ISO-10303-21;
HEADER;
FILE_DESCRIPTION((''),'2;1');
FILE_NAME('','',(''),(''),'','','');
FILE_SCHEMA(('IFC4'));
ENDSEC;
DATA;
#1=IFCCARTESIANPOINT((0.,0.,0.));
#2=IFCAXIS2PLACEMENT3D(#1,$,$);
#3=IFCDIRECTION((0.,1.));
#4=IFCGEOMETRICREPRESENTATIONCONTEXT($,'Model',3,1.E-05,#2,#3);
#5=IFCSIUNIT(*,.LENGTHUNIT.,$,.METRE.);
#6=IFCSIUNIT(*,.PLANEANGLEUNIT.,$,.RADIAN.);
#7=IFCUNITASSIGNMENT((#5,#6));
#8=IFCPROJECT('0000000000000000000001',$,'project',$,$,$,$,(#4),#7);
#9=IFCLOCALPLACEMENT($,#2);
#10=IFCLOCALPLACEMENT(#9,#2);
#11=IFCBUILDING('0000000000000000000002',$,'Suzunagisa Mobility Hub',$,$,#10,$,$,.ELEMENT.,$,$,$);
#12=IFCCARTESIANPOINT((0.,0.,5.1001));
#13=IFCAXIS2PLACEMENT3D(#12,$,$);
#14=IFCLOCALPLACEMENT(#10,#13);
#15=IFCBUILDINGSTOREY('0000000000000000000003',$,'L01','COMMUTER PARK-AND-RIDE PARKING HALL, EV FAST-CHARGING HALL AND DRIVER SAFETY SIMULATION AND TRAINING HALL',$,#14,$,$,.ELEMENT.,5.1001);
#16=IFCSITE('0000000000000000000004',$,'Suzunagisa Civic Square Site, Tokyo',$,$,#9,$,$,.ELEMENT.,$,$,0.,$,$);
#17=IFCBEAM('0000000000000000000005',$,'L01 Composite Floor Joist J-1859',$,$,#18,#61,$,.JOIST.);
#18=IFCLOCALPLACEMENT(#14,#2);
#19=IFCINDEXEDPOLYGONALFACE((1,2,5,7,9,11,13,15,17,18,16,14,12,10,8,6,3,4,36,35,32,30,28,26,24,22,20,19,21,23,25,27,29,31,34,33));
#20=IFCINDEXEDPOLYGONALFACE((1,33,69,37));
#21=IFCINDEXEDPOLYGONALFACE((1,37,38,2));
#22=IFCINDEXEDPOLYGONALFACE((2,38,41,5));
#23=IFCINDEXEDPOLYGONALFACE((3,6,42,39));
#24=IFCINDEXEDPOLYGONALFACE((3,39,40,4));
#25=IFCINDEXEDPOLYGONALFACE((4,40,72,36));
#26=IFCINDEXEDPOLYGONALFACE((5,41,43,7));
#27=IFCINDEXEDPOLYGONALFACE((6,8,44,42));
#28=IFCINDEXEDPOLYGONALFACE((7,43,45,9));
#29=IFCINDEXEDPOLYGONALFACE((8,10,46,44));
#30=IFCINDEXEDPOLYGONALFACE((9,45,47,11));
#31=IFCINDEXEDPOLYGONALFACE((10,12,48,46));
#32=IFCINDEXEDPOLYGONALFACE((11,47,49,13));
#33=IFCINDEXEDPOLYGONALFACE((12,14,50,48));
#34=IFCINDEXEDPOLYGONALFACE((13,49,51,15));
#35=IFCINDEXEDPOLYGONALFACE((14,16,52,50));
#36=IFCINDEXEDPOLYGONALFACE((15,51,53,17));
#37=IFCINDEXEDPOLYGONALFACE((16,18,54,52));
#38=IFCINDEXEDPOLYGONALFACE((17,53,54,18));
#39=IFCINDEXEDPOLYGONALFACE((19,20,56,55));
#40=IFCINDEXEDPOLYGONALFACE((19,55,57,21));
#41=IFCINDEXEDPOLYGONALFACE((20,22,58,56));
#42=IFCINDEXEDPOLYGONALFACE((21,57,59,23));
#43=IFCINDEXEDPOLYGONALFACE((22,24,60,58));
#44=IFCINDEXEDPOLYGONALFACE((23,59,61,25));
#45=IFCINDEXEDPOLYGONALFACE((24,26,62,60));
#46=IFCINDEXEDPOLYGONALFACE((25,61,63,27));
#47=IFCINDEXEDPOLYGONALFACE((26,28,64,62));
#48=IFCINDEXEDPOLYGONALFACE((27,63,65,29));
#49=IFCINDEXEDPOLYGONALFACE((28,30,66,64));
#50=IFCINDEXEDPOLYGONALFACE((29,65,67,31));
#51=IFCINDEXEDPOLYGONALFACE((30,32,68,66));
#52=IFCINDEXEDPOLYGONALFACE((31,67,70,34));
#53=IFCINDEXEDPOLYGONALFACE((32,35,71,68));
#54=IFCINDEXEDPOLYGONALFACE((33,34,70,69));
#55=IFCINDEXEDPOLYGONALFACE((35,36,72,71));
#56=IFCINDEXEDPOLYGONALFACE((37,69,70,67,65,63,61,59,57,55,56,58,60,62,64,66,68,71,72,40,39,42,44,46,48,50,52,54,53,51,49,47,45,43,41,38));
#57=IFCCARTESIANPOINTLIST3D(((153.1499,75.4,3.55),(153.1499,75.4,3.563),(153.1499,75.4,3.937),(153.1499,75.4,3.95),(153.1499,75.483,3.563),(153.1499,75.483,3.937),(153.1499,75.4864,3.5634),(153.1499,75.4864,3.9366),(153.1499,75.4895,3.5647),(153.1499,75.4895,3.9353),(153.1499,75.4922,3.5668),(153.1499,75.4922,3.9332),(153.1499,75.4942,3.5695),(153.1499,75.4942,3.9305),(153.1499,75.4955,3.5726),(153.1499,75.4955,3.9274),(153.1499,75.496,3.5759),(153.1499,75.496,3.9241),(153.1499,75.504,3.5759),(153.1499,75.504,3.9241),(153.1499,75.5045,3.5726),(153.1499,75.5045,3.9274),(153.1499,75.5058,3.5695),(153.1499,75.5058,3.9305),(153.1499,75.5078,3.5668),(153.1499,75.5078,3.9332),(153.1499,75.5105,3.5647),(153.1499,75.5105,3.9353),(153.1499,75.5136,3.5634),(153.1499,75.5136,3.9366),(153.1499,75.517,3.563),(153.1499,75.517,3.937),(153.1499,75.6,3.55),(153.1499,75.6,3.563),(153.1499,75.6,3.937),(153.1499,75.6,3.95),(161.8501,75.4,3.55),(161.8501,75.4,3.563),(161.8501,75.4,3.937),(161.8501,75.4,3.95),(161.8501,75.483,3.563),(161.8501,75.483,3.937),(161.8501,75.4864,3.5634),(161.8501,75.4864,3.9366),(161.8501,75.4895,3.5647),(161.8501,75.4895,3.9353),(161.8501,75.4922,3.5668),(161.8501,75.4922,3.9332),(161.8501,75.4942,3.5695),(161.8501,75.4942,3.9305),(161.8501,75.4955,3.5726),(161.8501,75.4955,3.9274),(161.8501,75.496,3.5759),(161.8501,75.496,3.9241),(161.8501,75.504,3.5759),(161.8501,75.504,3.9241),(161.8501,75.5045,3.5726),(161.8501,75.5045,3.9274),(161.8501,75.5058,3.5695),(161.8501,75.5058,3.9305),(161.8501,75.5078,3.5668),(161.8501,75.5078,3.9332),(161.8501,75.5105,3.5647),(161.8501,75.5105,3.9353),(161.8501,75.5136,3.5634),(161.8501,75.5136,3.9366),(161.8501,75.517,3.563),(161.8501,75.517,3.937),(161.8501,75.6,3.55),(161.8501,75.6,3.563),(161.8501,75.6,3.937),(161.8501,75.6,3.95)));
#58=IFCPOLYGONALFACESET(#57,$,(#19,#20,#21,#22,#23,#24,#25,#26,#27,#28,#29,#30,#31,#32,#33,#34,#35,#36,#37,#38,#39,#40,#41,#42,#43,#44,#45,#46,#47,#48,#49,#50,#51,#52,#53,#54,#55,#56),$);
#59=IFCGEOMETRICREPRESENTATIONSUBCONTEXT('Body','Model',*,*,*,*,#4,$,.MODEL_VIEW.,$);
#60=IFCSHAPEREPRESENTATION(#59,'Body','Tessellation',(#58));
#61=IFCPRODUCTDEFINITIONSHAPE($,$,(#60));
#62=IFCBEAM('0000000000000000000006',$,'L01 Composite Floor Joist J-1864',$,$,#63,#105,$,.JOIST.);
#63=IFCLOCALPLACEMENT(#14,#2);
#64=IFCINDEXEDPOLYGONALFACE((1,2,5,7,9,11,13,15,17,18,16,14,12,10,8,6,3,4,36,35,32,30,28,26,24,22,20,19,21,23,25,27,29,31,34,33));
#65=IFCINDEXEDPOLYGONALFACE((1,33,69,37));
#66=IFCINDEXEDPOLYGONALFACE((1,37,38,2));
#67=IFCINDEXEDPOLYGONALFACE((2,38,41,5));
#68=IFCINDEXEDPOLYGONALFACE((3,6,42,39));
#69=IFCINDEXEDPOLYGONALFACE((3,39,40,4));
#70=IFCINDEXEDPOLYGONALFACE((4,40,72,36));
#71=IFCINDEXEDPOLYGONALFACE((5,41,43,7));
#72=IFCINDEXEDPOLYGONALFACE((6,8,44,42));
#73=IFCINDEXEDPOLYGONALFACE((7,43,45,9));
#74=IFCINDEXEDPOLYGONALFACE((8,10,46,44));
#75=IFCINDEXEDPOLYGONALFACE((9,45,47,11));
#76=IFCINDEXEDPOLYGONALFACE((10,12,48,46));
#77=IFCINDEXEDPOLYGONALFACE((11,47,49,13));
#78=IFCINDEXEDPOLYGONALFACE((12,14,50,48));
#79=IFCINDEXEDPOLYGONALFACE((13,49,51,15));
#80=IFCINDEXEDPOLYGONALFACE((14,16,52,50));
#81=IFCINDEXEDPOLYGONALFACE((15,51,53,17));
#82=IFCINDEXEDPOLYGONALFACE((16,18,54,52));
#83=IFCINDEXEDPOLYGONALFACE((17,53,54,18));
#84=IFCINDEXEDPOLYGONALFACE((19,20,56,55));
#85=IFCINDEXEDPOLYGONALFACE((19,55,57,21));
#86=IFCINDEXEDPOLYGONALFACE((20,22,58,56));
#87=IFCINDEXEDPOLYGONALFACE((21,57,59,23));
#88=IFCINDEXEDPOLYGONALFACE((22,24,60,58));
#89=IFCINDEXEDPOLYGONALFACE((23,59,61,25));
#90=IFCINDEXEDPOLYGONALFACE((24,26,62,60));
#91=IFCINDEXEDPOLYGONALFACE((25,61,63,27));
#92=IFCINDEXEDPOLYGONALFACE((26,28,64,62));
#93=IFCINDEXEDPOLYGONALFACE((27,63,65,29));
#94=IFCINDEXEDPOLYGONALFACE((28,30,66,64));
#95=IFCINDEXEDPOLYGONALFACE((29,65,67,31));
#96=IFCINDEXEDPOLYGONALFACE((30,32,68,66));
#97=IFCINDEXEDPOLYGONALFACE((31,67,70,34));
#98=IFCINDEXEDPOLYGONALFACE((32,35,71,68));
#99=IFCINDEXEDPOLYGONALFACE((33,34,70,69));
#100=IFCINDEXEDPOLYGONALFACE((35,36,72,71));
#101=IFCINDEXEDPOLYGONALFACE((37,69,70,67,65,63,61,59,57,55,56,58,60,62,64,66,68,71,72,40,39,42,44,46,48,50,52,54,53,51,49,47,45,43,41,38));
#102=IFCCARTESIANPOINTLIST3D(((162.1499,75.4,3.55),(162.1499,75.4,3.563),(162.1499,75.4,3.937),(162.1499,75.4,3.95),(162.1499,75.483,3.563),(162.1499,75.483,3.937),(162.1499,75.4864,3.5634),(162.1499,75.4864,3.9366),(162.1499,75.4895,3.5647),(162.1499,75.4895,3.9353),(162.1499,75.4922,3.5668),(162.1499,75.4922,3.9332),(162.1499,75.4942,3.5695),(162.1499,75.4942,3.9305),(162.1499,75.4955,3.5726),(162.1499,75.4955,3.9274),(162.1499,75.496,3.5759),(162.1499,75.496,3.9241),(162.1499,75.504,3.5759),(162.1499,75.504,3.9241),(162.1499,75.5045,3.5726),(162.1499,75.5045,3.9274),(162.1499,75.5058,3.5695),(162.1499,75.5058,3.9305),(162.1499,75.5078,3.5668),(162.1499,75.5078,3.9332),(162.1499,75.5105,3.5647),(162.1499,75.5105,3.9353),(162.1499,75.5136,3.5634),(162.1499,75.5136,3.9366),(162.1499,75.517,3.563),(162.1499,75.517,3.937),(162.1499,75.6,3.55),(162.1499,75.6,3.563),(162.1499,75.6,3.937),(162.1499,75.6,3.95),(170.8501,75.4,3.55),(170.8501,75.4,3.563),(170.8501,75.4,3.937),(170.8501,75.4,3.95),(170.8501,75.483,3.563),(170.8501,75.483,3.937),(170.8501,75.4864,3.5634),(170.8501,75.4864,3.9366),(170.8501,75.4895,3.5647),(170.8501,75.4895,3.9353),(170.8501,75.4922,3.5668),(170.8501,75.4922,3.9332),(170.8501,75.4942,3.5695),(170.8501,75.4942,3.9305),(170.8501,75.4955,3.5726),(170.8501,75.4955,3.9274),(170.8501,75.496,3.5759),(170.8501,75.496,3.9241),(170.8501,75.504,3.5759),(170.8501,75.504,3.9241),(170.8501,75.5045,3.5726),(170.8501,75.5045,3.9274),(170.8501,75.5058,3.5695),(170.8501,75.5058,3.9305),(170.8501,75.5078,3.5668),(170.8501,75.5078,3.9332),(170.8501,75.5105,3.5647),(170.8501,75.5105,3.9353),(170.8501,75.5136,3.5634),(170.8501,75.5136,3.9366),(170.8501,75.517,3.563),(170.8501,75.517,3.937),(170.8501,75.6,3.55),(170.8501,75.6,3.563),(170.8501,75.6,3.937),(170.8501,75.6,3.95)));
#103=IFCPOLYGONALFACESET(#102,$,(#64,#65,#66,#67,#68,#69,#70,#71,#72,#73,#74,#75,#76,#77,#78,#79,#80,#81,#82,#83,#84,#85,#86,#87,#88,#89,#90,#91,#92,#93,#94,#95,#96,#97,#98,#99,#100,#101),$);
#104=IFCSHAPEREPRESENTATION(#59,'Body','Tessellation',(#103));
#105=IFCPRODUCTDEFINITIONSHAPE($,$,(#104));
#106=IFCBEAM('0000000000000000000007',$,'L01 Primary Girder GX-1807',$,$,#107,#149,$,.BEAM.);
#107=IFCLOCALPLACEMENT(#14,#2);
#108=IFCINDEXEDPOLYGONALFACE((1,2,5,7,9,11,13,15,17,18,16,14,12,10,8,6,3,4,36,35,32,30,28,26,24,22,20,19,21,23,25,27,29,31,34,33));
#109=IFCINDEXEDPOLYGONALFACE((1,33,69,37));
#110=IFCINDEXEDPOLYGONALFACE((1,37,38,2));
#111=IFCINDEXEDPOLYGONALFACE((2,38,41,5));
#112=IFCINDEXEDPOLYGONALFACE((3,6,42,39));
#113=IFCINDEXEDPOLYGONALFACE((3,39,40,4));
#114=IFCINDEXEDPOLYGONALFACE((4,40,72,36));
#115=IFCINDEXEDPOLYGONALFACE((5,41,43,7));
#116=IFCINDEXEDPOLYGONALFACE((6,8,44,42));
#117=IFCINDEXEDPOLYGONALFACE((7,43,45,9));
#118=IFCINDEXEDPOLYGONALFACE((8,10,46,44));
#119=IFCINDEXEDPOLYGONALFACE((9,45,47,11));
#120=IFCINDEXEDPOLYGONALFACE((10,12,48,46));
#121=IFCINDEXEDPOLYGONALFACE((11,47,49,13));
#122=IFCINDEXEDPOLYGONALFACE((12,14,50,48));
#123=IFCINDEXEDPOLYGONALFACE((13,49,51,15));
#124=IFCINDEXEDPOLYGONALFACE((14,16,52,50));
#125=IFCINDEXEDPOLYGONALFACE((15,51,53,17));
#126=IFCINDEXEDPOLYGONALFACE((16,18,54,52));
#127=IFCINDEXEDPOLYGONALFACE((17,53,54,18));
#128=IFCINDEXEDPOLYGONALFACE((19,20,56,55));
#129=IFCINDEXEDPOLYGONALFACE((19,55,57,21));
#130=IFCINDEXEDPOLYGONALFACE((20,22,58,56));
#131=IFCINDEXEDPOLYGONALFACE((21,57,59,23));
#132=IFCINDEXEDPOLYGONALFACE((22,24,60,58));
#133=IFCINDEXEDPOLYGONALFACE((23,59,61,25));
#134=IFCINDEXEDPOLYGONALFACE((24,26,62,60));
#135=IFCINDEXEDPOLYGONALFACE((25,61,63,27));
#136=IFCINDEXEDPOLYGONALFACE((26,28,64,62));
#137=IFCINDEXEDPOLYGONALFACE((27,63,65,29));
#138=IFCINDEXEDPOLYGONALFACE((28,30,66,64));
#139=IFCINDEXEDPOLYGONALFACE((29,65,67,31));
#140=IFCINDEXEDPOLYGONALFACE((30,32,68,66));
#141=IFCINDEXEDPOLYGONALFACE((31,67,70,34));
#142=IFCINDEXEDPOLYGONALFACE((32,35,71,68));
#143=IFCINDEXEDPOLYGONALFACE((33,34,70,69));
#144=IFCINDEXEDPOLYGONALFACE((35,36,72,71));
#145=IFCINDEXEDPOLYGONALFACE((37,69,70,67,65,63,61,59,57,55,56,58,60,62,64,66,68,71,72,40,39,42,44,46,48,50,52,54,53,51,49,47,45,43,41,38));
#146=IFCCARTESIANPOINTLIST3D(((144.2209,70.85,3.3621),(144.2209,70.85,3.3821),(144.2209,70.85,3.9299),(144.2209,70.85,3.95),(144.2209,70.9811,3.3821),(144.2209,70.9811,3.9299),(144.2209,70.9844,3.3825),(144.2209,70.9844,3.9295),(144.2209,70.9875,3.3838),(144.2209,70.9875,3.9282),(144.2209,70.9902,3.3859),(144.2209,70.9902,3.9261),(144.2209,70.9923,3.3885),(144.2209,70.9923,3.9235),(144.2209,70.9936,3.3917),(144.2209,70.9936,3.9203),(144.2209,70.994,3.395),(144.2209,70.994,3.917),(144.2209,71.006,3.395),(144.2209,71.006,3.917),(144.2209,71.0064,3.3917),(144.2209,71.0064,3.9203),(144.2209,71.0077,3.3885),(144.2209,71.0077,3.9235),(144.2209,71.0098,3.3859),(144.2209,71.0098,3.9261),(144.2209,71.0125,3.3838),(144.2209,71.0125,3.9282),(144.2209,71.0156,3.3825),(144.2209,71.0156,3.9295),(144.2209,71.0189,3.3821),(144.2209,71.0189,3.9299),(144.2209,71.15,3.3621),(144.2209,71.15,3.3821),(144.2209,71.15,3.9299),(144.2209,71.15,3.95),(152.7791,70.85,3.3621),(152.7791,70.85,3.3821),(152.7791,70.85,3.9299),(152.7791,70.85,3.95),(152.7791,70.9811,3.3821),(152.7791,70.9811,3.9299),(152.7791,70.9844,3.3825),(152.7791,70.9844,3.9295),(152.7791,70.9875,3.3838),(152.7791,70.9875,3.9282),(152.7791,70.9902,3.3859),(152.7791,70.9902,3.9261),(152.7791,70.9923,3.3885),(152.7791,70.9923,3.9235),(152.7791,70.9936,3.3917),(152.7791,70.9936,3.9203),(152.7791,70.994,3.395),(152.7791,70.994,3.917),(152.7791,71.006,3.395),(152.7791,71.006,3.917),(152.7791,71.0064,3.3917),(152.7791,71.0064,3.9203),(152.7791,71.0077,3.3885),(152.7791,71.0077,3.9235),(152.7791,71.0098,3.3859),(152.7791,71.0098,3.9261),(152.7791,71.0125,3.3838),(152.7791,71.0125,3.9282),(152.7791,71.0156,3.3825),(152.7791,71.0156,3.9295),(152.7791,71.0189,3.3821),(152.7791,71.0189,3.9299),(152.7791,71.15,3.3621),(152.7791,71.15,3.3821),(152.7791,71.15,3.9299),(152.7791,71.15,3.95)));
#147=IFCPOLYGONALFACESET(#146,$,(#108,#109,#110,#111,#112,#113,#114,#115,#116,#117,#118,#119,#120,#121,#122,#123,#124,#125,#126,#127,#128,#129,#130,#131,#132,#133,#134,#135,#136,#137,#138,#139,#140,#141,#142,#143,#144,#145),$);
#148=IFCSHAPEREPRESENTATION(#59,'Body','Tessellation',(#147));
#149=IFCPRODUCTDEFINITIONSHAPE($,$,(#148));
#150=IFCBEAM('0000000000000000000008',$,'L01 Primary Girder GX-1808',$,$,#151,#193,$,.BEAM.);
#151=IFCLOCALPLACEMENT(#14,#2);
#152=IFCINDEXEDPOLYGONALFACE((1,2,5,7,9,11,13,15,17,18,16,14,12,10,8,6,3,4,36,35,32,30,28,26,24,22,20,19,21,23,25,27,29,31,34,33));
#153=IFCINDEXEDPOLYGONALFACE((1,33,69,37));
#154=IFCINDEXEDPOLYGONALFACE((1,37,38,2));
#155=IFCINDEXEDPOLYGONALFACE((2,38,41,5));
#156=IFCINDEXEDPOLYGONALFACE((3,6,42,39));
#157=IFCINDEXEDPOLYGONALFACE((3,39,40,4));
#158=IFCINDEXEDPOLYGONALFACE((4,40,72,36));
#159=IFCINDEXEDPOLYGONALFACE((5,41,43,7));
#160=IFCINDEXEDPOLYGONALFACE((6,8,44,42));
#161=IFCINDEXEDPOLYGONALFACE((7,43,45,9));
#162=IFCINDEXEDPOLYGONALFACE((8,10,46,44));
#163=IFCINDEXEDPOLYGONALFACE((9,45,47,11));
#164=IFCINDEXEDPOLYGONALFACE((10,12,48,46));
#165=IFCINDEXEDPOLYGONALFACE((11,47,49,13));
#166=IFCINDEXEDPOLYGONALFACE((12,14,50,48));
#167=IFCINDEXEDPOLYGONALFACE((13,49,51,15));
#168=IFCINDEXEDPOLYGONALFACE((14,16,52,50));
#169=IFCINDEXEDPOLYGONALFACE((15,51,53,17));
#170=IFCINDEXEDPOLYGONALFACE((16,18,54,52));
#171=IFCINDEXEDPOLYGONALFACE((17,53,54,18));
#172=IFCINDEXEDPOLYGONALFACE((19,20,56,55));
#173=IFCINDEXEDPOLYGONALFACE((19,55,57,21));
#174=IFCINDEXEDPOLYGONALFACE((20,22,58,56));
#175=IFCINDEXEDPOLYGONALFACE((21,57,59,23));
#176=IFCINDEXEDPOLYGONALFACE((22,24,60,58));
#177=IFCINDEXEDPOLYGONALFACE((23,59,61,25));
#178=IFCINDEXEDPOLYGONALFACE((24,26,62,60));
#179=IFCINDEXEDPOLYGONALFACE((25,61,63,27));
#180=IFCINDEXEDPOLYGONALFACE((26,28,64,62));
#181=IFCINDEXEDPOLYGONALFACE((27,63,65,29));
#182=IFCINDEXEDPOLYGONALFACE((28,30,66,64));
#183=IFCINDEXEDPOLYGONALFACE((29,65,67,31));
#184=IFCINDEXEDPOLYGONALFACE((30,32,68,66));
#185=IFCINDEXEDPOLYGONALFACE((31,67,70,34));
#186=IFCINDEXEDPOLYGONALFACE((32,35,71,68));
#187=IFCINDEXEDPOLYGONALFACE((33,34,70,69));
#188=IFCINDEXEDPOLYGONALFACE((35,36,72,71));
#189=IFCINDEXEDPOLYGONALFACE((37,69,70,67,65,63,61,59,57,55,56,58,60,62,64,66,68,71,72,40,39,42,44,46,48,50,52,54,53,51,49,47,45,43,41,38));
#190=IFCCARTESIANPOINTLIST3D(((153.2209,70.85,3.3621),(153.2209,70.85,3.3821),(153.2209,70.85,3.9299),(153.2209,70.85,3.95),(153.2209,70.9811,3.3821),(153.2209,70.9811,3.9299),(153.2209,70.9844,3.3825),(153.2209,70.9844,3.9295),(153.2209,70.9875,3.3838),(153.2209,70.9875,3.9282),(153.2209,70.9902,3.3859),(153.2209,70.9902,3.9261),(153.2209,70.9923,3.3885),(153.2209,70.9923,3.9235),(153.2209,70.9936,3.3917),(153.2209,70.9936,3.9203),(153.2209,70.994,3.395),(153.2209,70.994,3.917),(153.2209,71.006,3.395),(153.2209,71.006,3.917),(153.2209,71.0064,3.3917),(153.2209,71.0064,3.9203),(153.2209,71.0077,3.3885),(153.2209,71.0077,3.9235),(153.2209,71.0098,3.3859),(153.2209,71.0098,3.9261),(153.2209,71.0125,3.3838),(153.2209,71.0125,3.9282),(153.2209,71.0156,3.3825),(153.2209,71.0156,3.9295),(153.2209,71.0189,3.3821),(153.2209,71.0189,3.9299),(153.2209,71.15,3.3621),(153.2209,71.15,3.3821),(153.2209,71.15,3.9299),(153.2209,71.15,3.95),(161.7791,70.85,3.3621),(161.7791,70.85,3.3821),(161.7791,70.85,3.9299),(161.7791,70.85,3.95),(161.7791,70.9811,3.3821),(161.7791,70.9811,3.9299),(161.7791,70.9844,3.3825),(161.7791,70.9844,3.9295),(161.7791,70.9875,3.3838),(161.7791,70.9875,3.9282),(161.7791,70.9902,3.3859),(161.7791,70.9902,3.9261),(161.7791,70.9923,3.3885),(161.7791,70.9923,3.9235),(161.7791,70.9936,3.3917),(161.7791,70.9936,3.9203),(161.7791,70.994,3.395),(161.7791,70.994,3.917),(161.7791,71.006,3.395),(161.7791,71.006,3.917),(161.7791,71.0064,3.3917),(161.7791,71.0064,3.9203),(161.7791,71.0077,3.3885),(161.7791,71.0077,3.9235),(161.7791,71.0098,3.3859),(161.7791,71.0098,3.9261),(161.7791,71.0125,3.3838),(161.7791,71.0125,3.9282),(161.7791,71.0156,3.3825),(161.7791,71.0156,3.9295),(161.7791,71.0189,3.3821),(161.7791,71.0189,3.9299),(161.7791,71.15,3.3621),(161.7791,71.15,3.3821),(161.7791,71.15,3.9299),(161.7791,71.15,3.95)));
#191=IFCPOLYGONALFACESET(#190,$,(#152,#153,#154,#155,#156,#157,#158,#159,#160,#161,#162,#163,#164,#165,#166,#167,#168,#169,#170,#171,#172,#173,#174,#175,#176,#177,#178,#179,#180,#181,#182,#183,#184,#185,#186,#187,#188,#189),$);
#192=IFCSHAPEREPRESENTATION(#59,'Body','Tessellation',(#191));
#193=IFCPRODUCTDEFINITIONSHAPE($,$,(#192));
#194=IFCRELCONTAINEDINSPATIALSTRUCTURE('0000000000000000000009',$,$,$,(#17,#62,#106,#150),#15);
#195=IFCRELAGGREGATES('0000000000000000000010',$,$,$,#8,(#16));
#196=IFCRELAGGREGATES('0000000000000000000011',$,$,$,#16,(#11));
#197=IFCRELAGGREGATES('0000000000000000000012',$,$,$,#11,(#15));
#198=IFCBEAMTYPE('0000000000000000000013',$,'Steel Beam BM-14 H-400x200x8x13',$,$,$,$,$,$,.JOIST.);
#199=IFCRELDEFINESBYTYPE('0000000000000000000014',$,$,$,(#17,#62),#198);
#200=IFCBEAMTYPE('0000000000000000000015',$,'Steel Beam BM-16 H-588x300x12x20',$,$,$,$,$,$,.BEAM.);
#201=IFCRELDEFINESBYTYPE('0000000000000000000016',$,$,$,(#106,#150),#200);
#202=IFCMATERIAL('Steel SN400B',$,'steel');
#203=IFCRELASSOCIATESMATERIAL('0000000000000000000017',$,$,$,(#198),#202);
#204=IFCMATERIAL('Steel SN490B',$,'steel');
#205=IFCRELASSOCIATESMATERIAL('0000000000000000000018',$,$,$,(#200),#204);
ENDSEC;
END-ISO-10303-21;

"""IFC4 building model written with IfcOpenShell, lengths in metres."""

from ifc_helpers import new_model, si_unit, direction, frame, origin, origin_2d, place, context, subcontext, project, spatial, i_section, extrude, material, material_profile, profile_set, type_object, element, save


model = new_model("IFC4")

# Units and contexts
model_context = context("Model", 3, precision=1e-05, world=origin(), true_north=direction((0.0, 1.0)))
body_context = subcontext(model_context, "Body", "Model", "MODEL_VIEW")
ifc_project = project(units=[si_unit("LENGTHUNIT", "METRE"), si_unit("PLANEANGLEUNIT", "RADIAN")], contexts=[model_context])

# Site, building, storey
site_placement = place(None, origin())
site = spatial("IfcSite", under=ifc_project, at=site_placement, Name="Suzunagisa Civic Square Site, Tokyo", CompositionType="ELEMENT", RefElevation=0.0)
building_placement = place(site_placement, origin())
building = spatial("IfcBuilding", under=site, at=building_placement, Name="Suzunagisa Mobility Hub", CompositionType="ELEMENT")
storey_placement = place(building_placement, frame((0.0, 0.0, 5.1001)))
storey = spatial("IfcBuildingStorey", under=building, at=storey_placement, Name="L01", Description="COMMUTER PARK-AND-RIDE PARKING HALL, EV FAST-CHARGING HALL AND DRIVER SAFETY SIMULATION AND TRAINING HALL", CompositionType="ELEMENT", Elevation=5.1001)

# Shared definitions
ifc_material_1 = material(Name="Steel SN490B", Category="steel")

# Beams
ifc_material_2 = material(Name="Steel SN400B", Category="steel")
ifc_material_profile_1 = material_profile(ifc_material_2, i_section(OverallWidth=0.2, OverallDepth=0.3999, WebThickness=0.0081, FlangeThickness=0.0129, FilletRadius=0.0129, at=origin_2d()), Name="H-400x200x8x13")
ifc_profile_set_1 = profile_set([ifc_material_profile_1], Name="Steel SN400B")
beam_type_1 = type_object("IfcBeamType", Name="Steel Beam BM-14 H-400x200x8x13", PredefinedType="JOIST", material=ifc_profile_set_1)
for number, where, z_axis, x_axis, name in (
    (1, (153.1499, 75.5, 3.75), (1.0, 0.0, 0.0), (0.0, 1.0, 0.0), "L01 Composite Floor Joist J-1859"),
    (2, (162.1499, 75.5, 3.75), (1.0, 0.0, 0.0), (0.0, 1.0, 0.0), "L01 Composite Floor Joist J-1864"),
):
    element("IfcBeam", number, at=place(storey_placement, frame(where, z_axis=z_axis, x_axis=x_axis)), inside=storey, type_object=beam_type_1, Name=name, PredefinedType="JOIST", context=body_context, shape_type="SweptSolid", body=[
        extrude(i_section(OverallWidth=0.2, OverallDepth=0.3999, WebThickness=0.0081, FlangeThickness=0.0129, FilletRadius=0.0129, at=origin_2d()), origin(), (0.0, 0.0, 1.0), 8.7002),
    ])
ifc_material_profile_2 = material_profile(ifc_material_1, i_section(OverallWidth=0.3, OverallDepth=0.5879, WebThickness=0.012, FlangeThickness=0.02, FilletRadius=0.0129, at=origin_2d()), Name="H-588x300x12x20")
ifc_profile_set_2 = profile_set([ifc_material_profile_2], Name="Steel SN490B")
beam_type_2 = type_object("IfcBeamType", Name="Steel Beam BM-16 H-588x300x12x20", PredefinedType="BEAM", material=ifc_profile_set_2)
for number, where, z_axis, x_axis, name in (
    (3, (144.2209, 71.0, 3.656), (1.0, 0.0, 0.0), (0.0, 1.0, 0.0), "L01 Primary Girder GX-1807"),
    (4, (153.2209, 71.0, 3.656), (1.0, 0.0, 0.0), (0.0, 1.0, 0.0), "L01 Primary Girder GX-1808"),
):
    element("IfcBeam", number, at=place(storey_placement, frame(where, z_axis=z_axis, x_axis=x_axis)), inside=storey, type_object=beam_type_2, Name=name, PredefinedType="BEAM", context=body_context, shape_type="SweptSolid", body=[
        extrude(i_section(OverallWidth=0.3, OverallDepth=0.5879, WebThickness=0.012, FlangeThickness=0.02, FilletRadius=0.0129, at=origin_2d()), origin(), (0.0, 0.0, 1.0), 8.5581),
    ])

save(model, "model.ifc")
